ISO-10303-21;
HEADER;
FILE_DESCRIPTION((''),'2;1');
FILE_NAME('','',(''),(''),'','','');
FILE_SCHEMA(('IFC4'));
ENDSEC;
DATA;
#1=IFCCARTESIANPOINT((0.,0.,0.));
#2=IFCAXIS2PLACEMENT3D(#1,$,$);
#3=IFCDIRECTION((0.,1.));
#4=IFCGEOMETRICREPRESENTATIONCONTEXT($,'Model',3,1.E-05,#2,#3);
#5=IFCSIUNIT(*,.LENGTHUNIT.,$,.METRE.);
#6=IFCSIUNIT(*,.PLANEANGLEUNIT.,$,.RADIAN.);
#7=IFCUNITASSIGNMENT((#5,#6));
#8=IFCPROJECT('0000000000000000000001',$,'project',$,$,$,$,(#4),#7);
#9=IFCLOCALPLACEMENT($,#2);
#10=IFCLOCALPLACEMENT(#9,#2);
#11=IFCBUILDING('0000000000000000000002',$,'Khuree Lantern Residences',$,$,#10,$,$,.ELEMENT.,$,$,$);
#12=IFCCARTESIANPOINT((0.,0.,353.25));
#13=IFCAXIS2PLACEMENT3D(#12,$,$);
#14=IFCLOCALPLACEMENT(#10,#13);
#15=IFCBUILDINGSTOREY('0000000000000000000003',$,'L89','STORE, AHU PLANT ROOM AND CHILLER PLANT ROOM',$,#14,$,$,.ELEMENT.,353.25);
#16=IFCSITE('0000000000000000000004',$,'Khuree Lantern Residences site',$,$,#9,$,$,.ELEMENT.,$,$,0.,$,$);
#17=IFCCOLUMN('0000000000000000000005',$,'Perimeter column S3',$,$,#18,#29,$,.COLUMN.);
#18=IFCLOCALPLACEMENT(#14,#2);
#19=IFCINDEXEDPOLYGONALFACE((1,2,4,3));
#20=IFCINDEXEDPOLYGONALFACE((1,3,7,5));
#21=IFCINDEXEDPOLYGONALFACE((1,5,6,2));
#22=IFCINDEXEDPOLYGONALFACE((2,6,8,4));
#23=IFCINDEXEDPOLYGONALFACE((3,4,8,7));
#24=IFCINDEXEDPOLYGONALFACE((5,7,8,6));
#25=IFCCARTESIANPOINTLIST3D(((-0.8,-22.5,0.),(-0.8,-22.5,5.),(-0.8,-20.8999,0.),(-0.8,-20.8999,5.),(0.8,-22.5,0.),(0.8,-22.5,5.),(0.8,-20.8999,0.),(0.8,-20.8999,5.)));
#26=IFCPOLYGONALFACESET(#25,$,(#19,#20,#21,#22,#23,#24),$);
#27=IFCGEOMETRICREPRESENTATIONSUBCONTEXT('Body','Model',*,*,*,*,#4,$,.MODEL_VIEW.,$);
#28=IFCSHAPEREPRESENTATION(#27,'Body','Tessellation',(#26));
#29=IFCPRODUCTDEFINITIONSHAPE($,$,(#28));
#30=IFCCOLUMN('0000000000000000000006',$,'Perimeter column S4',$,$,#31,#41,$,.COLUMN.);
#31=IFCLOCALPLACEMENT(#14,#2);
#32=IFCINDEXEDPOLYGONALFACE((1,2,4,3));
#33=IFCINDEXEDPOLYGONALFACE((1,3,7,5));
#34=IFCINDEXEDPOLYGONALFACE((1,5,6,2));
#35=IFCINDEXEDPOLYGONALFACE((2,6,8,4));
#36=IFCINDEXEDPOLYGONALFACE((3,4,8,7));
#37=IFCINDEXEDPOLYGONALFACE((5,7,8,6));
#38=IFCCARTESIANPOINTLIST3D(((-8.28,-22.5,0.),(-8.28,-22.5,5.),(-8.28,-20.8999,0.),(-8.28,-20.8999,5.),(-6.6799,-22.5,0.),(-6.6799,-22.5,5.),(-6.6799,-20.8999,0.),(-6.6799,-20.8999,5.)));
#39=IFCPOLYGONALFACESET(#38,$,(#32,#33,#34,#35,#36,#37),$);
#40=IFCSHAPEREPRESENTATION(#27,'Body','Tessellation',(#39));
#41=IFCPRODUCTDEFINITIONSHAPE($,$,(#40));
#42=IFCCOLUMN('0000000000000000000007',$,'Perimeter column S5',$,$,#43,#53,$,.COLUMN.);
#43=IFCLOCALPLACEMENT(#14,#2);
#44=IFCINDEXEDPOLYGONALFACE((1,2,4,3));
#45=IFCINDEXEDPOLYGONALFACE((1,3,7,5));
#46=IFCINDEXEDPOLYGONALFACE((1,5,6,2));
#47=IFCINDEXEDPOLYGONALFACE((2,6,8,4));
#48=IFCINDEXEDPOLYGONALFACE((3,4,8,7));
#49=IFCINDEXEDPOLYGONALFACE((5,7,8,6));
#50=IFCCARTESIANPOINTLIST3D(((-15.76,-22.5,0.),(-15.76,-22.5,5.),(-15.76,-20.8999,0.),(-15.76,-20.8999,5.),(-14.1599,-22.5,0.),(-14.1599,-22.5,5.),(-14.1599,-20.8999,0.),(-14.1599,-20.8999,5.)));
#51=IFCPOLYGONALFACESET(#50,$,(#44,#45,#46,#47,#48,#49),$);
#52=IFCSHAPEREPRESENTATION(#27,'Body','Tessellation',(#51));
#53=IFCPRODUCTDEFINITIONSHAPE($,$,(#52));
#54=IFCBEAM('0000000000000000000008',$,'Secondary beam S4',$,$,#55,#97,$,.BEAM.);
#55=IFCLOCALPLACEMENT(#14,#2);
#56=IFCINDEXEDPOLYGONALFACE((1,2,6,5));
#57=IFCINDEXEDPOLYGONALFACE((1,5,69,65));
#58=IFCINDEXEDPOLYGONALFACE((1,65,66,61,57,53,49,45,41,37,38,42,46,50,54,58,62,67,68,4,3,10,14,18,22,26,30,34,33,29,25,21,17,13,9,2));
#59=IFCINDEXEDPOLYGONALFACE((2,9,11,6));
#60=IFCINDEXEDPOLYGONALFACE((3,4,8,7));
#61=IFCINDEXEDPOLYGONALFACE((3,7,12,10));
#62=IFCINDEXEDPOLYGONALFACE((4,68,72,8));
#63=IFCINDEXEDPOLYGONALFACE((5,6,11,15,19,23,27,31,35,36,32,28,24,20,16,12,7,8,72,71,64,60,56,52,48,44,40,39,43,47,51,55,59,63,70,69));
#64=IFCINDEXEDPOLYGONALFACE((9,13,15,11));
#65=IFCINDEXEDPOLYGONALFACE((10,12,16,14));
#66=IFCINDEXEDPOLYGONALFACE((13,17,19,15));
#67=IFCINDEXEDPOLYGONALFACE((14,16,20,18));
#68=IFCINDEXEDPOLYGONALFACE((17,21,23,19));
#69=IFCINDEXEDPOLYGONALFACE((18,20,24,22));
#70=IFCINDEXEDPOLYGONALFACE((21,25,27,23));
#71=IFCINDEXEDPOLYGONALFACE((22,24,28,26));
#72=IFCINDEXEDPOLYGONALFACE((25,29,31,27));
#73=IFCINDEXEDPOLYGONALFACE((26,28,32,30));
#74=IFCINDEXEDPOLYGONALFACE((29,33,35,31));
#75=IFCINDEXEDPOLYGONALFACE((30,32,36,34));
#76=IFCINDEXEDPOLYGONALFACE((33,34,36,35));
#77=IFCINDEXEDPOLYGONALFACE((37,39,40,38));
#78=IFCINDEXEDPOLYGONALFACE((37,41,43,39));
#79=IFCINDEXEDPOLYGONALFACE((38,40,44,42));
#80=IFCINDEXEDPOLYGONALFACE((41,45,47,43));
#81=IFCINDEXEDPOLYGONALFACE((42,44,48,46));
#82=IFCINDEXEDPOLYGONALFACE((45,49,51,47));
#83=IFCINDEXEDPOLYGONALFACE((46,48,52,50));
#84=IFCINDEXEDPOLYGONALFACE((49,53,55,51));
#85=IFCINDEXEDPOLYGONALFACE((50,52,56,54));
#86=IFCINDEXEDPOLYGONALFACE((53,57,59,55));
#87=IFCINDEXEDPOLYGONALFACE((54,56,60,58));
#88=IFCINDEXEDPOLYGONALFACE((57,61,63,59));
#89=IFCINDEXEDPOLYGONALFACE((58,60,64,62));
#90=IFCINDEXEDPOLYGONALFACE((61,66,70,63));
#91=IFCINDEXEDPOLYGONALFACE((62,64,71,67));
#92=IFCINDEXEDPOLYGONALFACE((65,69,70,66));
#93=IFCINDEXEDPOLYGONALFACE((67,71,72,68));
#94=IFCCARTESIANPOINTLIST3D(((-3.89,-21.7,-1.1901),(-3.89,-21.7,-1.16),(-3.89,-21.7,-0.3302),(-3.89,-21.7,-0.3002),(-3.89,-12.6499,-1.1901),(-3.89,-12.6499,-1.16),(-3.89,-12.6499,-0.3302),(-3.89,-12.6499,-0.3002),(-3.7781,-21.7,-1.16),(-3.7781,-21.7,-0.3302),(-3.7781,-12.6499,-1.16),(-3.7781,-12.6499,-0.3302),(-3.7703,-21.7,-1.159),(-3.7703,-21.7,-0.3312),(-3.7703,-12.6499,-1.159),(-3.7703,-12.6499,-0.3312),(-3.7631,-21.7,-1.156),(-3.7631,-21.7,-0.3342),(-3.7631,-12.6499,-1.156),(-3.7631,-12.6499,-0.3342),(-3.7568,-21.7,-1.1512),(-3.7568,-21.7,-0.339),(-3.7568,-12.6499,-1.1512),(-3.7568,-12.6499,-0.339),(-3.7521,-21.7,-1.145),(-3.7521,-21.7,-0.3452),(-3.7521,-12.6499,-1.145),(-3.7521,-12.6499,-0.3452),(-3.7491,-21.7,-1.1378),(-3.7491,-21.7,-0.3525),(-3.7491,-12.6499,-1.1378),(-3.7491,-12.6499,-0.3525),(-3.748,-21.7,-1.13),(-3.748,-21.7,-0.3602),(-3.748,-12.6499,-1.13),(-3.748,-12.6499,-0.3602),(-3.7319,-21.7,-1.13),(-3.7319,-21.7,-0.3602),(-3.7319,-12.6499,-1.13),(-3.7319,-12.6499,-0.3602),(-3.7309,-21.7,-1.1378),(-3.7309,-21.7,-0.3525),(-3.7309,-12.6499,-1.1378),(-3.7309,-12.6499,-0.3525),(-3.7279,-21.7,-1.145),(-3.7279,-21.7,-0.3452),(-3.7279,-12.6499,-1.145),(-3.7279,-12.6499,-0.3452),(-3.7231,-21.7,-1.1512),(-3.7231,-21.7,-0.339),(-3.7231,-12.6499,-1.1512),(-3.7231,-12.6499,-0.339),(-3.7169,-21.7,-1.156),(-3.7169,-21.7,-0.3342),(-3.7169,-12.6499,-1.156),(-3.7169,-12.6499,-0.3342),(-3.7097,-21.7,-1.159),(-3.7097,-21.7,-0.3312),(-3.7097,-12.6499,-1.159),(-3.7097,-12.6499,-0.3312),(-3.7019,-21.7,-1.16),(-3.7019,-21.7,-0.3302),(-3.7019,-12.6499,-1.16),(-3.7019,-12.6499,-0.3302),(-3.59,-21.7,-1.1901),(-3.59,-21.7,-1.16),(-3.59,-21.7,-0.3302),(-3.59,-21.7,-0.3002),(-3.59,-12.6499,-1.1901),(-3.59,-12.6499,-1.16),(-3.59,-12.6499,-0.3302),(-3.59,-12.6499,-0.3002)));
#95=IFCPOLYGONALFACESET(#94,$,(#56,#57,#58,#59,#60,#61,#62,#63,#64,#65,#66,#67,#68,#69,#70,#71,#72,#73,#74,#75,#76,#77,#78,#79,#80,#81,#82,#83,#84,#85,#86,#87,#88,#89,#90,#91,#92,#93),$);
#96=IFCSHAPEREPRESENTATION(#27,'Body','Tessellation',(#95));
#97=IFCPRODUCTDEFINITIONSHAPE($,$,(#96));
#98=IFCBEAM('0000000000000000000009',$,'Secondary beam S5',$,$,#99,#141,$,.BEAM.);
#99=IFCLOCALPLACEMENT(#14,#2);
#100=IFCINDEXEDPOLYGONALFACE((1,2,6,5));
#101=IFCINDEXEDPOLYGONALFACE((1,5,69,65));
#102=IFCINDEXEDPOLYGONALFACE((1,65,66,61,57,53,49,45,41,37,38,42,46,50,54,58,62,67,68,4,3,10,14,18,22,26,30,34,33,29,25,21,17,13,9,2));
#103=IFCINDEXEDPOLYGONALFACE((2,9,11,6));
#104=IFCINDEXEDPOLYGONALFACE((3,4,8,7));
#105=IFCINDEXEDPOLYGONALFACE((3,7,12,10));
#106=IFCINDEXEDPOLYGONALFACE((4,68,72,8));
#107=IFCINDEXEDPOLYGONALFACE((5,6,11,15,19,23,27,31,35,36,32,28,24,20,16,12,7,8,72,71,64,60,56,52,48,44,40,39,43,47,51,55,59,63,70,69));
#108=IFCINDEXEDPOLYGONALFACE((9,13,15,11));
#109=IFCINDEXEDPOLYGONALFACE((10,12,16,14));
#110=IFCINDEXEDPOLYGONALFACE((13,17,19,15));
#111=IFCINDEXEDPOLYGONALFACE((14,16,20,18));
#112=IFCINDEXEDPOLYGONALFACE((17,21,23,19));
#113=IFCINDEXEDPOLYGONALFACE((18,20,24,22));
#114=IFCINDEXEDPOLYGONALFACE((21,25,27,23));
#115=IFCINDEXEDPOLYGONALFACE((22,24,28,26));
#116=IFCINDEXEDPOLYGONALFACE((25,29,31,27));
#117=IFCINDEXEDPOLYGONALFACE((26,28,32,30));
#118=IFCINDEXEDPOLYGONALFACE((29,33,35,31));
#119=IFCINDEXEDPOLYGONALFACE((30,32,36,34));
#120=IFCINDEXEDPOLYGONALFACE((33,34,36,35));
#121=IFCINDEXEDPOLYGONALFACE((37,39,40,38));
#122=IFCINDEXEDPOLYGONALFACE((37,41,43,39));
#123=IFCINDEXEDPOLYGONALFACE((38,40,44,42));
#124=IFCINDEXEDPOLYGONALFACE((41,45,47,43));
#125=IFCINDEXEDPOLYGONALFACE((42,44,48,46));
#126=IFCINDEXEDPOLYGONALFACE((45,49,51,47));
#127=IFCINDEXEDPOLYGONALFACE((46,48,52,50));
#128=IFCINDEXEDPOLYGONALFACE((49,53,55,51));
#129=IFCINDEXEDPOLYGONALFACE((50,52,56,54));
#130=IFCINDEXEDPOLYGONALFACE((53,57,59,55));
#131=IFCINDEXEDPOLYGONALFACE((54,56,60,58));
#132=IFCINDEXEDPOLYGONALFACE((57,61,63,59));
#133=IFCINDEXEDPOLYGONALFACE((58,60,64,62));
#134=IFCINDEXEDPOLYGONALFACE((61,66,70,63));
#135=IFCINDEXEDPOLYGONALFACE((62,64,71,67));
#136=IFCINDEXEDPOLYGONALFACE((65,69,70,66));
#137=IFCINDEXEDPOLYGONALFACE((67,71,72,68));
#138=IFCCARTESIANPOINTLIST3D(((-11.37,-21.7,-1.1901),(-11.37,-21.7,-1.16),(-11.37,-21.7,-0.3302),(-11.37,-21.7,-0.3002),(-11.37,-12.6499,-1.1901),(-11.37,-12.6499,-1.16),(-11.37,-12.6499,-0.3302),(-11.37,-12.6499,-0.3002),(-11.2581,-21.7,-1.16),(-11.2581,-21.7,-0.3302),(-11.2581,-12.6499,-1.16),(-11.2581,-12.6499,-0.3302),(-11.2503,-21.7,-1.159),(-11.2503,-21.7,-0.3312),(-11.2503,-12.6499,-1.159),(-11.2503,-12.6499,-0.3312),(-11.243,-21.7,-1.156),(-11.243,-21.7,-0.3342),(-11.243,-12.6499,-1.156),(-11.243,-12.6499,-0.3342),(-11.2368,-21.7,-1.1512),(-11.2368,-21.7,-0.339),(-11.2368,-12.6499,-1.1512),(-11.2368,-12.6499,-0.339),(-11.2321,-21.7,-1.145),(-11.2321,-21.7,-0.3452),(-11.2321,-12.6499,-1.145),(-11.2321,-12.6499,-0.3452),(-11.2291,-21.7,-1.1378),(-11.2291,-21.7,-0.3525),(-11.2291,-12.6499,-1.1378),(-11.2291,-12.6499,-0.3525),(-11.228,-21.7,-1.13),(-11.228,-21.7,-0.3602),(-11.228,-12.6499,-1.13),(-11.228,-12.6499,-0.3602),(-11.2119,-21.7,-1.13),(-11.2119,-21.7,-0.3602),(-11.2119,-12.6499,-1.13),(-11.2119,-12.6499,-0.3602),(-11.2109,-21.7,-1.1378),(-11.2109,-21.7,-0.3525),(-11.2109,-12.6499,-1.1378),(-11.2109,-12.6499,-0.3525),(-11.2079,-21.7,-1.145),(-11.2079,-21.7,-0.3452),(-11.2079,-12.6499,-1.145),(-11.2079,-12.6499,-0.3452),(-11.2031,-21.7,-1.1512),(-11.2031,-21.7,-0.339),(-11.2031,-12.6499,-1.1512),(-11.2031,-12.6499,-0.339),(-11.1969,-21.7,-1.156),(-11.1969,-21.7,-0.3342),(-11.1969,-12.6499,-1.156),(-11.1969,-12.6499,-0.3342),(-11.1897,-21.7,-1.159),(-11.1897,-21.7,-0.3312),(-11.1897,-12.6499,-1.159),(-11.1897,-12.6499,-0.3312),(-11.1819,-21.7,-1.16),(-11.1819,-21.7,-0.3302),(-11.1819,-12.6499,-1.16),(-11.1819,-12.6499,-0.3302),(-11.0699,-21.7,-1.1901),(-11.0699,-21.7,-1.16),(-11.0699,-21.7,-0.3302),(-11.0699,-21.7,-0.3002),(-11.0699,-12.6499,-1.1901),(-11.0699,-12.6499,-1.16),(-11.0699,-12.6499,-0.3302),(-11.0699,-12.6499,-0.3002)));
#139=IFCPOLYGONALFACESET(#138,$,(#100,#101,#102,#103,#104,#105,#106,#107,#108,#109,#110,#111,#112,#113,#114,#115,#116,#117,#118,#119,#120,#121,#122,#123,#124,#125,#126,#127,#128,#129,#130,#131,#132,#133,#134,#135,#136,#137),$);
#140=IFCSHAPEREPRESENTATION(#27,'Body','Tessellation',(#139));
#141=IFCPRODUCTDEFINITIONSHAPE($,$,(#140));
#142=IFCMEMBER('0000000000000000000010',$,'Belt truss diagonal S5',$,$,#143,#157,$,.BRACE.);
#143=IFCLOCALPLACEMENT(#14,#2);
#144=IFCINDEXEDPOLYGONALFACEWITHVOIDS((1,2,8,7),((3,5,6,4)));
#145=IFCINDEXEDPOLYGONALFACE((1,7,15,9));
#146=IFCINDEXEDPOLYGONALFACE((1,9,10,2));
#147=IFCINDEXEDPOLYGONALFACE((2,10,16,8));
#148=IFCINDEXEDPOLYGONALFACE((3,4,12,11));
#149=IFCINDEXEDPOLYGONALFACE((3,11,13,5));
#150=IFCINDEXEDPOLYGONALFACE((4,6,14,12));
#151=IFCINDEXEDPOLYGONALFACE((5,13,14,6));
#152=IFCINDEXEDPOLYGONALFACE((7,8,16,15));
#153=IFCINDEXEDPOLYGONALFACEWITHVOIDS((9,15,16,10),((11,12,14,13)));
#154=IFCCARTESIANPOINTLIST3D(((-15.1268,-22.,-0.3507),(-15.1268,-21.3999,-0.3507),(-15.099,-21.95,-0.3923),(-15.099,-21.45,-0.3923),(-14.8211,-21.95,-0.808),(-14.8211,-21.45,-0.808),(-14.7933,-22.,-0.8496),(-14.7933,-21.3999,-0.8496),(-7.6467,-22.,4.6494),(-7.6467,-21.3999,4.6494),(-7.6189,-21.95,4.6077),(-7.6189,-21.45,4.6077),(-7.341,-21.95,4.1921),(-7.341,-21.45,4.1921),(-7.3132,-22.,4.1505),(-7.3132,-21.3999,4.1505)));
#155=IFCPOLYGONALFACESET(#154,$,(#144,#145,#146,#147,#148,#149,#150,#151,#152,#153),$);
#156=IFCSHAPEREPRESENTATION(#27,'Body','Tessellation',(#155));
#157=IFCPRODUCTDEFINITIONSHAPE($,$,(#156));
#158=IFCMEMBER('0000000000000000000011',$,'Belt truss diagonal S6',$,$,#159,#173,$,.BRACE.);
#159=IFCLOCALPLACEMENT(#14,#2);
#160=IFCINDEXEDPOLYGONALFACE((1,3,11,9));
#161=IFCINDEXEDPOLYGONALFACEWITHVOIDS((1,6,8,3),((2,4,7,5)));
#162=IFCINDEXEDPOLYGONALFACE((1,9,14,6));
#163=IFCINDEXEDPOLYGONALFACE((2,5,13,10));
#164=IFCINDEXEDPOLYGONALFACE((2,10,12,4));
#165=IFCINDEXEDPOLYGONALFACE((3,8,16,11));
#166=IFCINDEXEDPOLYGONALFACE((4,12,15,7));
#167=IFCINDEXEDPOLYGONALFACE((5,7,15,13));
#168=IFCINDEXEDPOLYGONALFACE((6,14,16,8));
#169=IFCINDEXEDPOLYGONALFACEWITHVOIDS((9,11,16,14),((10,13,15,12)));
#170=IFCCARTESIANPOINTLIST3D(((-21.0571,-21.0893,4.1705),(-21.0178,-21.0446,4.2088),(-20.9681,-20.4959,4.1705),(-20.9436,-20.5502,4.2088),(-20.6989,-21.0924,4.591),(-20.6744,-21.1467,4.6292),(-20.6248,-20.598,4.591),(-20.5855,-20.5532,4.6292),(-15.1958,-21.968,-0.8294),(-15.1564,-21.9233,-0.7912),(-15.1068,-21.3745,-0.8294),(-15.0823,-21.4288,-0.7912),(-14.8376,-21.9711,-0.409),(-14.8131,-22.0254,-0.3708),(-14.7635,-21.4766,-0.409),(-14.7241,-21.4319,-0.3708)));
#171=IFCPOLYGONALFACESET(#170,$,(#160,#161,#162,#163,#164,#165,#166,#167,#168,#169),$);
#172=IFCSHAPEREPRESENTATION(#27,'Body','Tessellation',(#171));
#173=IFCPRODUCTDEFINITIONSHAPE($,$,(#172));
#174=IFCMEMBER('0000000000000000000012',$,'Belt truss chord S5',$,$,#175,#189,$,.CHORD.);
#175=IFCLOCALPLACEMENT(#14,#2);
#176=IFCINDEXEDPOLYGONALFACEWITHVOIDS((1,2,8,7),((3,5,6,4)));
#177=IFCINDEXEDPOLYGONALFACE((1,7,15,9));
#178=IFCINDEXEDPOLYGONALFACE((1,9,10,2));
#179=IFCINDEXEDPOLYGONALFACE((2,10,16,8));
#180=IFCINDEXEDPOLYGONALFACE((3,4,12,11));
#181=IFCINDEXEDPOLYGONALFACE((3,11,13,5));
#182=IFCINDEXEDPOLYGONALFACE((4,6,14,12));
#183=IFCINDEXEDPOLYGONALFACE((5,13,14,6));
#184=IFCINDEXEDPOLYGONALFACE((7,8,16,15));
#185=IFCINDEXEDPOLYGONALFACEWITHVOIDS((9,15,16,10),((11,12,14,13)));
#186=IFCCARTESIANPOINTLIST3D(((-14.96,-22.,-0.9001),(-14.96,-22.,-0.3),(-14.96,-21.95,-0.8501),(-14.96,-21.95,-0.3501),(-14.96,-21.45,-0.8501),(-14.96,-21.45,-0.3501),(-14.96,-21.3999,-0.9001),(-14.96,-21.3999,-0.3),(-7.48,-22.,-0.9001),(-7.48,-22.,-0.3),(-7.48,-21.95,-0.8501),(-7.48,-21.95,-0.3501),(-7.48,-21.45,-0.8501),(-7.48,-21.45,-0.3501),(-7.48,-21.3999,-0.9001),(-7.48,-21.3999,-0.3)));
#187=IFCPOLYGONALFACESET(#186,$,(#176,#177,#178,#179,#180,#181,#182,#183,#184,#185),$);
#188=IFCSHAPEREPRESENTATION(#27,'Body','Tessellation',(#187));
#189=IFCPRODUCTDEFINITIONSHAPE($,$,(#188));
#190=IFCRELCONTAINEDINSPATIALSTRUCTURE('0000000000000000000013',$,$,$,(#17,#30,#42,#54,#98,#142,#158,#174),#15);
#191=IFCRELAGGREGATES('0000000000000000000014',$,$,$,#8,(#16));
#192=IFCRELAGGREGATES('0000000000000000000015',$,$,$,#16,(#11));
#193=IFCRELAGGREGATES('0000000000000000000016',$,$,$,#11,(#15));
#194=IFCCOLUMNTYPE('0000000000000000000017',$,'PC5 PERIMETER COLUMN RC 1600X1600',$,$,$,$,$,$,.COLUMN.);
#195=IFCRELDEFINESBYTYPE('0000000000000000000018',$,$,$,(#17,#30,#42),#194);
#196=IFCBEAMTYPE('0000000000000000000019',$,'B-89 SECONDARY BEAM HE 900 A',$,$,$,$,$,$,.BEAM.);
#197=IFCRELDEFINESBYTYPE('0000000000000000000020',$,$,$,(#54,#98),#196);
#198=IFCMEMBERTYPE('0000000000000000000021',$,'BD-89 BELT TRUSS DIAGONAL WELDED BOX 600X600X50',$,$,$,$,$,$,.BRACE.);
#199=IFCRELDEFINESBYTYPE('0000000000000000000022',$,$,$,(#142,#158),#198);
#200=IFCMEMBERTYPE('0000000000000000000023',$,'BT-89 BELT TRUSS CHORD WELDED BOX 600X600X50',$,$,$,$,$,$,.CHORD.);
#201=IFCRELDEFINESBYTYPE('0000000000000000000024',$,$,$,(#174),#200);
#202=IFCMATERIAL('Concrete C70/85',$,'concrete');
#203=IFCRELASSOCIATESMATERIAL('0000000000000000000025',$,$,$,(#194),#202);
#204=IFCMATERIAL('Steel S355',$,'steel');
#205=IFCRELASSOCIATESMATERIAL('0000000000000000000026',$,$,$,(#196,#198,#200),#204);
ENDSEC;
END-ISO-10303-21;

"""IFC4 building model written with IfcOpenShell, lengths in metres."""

from ifc_helpers import new_model, si_unit, direction, frame, origin, origin_2d, place, context, subcontext, project, spatial, rectangle, hollow_rectangle, i_section, extrude, material, material_profile, profile_set, type_object, element, save


model = new_model("IFC4")

# Units and contexts
model_context = context("Model", 3, precision=1e-05, world=origin(), true_north=direction((0.0, 1.0)))
body_context = subcontext(model_context, "Body", "Model", "MODEL_VIEW")
ifc_project = project(units=[si_unit("LENGTHUNIT", "METRE"), si_unit("PLANEANGLEUNIT", "RADIAN")], contexts=[model_context])

# Site, building, storey
site_placement = place(None, origin())
site = spatial("IfcSite", under=ifc_project, at=site_placement, Name="Khuree Lantern Residences site", CompositionType="ELEMENT", RefElevation=0.0)
building_placement = place(site_placement, origin())
building = spatial("IfcBuilding", under=site, at=building_placement, Name="Khuree Lantern Residences", CompositionType="ELEMENT")
storey_placement = place(building_placement, frame((0.0, 0.0, 353.25)))
storey = spatial("IfcBuildingStorey", under=building, at=storey_placement, Name="L89", Description="STORE, AHU PLANT ROOM AND CHILLER PLANT ROOM", CompositionType="ELEMENT", Elevation=353.25)

# Columns
ifc_material_1 = material(Name="Concrete C70/85", Category="concrete")
ifc_material_profile_1 = material_profile(ifc_material_1, rectangle(XDim=1.6001, YDim=1.6001, at=origin_2d()), Name="RC 1600X1600")
ifc_profile_set_1 = profile_set([ifc_material_profile_1], Name="Concrete C70/85")
column_type = type_object("IfcColumnType", Name="PC5 PERIMETER COLUMN RC 1600X1600", PredefinedType="COLUMN", material=ifc_profile_set_1)
for number, where, z_axis, x_axis, name in (
    (1, (0.0, -21.7, 0.0), (0.0, 0.0, 1.0), (1.0, 0.0, 0.0), "Perimeter column S3"),
    (2, (-7.48, -21.7, 0.0), (0.0, 0.0, 1.0), (1.0, 0.0, 0.0), "Perimeter column S4"),
    (3, (-14.96, -21.7, 0.0), (0.0, 0.0, 1.0), (1.0, 0.0, 0.0), "Perimeter column S5"),
):
    element("IfcColumn", number, at=place(storey_placement, frame(where, z_axis=z_axis, x_axis=x_axis)), inside=storey, type_object=column_type, Name=name, PredefinedType="COLUMN", context=body_context, shape_type="SweptSolid", body=[
        extrude(rectangle(XDim=1.6001, YDim=1.6001, at=origin_2d()), origin(), (0.0, 0.0, 1.0), 5.0),
    ])

# Beams
ifc_material_2 = material(Name="Steel S355", Category="steel")
ifc_material_profile_2 = material_profile(ifc_material_2, i_section(OverallWidth=0.3, OverallDepth=0.8899, WebThickness=0.0161, FlangeThickness=0.03, FilletRadius=0.03, at=origin_2d()), Name="HE 900 A")
ifc_profile_set_2 = profile_set([ifc_material_profile_2], Name="Steel S355")
beam_type = type_object("IfcBeamType", Name="B-89 SECONDARY BEAM HE 900 A", PredefinedType="BEAM", material=ifc_profile_set_2)
for number, where, z_axis, x_axis, name in (
    (4, (-3.74, -21.7, -0.7451), (0.0, 1.0, 0.0), (-1.0, 0.0, 0.0), "Secondary beam S4"),
    (5, (-11.22, -21.7, -0.7451), (0.0, 1.0, 0.0), (-1.0, 0.0, 0.0), "Secondary beam S5"),
):
    element("IfcBeam", number, at=place(storey_placement, frame(where, z_axis=z_axis, x_axis=x_axis)), inside=storey, type_object=beam_type, Name=name, PredefinedType="BEAM", context=body_context, shape_type="SweptSolid", body=[
        extrude(i_section(OverallWidth=0.3, OverallDepth=0.8899, WebThickness=0.0161, FlangeThickness=0.03, FilletRadius=0.03, at=origin_2d()), origin(), (0.0, 0.0, 1.0), 9.05),
    ])

# Members
ifc_material_profile_3 = material_profile(ifc_material_2, hollow_rectangle(XDim=0.6001, YDim=0.6001, WallThickness=0.05, at=origin_2d()), Name="WELDED BOX 600X600X50")
ifc_profile_set_3 = profile_set([ifc_material_profile_3], Name="Steel S355")
member_type_1 = type_object("IfcMemberType", Name="BD-89 BELT TRUSS DIAGONAL WELDED BOX 600X600X50", PredefinedType="BRACE", material=ifc_profile_set_3)
member_1_placement = place(storey_placement, frame((-7.48, -21.7, 4.3999), z_axis=(-0.831365, 0.0, -0.555727), x_axis=(0.0, -1.0, 0.0)))
element("IfcMember", 6, at=member_1_placement, inside=storey, type_object=member_type_1, Name="Belt truss diagonal S5", PredefinedType="BRACE", context=body_context, shape_type="SweptSolid", body=[
    extrude(hollow_rectangle(XDim=0.6001, YDim=0.6001, WallThickness=0.05, at=origin_2d()), origin(), (0.0, 0.0, 1.0), 8.9973),
])
member_2_placement = place(storey_placement, frame((-14.96, -21.7, -0.6001), z_axis=(-0.755893, 0.113315, 0.644814), x_axis=(-0.148252, -0.98895, 0.0)))
element("IfcMember", 7, at=member_2_placement, inside=storey, type_object=member_type_1, Name="Belt truss diagonal S6", PredefinedType="BRACE", context=body_context, shape_type="SweptSolid", body=[
    extrude(hollow_rectangle(XDim=0.6001, YDim=0.6001, WallThickness=0.05, at=origin_2d()), origin(), (0.0, 0.0, 1.0), 7.7542),
])
ifc_material_profile_4 = material_profile(ifc_material_2, hollow_rectangle(XDim=0.6001, YDim=0.6001, WallThickness=0.05, at=origin_2d()), Name="WELDED BOX 600X600X50")
ifc_profile_set_4 = profile_set([ifc_material_profile_4], Name="Steel S355")
member_type_2 = type_object("IfcMemberType", Name="BT-89 BELT TRUSS CHORD WELDED BOX 600X600X50", PredefinedType="CHORD", material=ifc_profile_set_4)
member_3_placement = place(storey_placement, frame((-7.48, -21.7, -0.6001), z_axis=(-1.0, 0.0, 0.0), x_axis=(0.0, -1.0, 0.0)))
element("IfcMember", 8, at=member_3_placement, inside=storey, type_object=member_type_2, Name="Belt truss chord S5", PredefinedType="CHORD", context=body_context, shape_type="SweptSolid", body=[
    extrude(hollow_rectangle(XDim=0.6001, YDim=0.6001, WallThickness=0.05, at=origin_2d()), origin(), (0.0, 0.0, 1.0), 7.48),
])

save(model, "model.ifc")
